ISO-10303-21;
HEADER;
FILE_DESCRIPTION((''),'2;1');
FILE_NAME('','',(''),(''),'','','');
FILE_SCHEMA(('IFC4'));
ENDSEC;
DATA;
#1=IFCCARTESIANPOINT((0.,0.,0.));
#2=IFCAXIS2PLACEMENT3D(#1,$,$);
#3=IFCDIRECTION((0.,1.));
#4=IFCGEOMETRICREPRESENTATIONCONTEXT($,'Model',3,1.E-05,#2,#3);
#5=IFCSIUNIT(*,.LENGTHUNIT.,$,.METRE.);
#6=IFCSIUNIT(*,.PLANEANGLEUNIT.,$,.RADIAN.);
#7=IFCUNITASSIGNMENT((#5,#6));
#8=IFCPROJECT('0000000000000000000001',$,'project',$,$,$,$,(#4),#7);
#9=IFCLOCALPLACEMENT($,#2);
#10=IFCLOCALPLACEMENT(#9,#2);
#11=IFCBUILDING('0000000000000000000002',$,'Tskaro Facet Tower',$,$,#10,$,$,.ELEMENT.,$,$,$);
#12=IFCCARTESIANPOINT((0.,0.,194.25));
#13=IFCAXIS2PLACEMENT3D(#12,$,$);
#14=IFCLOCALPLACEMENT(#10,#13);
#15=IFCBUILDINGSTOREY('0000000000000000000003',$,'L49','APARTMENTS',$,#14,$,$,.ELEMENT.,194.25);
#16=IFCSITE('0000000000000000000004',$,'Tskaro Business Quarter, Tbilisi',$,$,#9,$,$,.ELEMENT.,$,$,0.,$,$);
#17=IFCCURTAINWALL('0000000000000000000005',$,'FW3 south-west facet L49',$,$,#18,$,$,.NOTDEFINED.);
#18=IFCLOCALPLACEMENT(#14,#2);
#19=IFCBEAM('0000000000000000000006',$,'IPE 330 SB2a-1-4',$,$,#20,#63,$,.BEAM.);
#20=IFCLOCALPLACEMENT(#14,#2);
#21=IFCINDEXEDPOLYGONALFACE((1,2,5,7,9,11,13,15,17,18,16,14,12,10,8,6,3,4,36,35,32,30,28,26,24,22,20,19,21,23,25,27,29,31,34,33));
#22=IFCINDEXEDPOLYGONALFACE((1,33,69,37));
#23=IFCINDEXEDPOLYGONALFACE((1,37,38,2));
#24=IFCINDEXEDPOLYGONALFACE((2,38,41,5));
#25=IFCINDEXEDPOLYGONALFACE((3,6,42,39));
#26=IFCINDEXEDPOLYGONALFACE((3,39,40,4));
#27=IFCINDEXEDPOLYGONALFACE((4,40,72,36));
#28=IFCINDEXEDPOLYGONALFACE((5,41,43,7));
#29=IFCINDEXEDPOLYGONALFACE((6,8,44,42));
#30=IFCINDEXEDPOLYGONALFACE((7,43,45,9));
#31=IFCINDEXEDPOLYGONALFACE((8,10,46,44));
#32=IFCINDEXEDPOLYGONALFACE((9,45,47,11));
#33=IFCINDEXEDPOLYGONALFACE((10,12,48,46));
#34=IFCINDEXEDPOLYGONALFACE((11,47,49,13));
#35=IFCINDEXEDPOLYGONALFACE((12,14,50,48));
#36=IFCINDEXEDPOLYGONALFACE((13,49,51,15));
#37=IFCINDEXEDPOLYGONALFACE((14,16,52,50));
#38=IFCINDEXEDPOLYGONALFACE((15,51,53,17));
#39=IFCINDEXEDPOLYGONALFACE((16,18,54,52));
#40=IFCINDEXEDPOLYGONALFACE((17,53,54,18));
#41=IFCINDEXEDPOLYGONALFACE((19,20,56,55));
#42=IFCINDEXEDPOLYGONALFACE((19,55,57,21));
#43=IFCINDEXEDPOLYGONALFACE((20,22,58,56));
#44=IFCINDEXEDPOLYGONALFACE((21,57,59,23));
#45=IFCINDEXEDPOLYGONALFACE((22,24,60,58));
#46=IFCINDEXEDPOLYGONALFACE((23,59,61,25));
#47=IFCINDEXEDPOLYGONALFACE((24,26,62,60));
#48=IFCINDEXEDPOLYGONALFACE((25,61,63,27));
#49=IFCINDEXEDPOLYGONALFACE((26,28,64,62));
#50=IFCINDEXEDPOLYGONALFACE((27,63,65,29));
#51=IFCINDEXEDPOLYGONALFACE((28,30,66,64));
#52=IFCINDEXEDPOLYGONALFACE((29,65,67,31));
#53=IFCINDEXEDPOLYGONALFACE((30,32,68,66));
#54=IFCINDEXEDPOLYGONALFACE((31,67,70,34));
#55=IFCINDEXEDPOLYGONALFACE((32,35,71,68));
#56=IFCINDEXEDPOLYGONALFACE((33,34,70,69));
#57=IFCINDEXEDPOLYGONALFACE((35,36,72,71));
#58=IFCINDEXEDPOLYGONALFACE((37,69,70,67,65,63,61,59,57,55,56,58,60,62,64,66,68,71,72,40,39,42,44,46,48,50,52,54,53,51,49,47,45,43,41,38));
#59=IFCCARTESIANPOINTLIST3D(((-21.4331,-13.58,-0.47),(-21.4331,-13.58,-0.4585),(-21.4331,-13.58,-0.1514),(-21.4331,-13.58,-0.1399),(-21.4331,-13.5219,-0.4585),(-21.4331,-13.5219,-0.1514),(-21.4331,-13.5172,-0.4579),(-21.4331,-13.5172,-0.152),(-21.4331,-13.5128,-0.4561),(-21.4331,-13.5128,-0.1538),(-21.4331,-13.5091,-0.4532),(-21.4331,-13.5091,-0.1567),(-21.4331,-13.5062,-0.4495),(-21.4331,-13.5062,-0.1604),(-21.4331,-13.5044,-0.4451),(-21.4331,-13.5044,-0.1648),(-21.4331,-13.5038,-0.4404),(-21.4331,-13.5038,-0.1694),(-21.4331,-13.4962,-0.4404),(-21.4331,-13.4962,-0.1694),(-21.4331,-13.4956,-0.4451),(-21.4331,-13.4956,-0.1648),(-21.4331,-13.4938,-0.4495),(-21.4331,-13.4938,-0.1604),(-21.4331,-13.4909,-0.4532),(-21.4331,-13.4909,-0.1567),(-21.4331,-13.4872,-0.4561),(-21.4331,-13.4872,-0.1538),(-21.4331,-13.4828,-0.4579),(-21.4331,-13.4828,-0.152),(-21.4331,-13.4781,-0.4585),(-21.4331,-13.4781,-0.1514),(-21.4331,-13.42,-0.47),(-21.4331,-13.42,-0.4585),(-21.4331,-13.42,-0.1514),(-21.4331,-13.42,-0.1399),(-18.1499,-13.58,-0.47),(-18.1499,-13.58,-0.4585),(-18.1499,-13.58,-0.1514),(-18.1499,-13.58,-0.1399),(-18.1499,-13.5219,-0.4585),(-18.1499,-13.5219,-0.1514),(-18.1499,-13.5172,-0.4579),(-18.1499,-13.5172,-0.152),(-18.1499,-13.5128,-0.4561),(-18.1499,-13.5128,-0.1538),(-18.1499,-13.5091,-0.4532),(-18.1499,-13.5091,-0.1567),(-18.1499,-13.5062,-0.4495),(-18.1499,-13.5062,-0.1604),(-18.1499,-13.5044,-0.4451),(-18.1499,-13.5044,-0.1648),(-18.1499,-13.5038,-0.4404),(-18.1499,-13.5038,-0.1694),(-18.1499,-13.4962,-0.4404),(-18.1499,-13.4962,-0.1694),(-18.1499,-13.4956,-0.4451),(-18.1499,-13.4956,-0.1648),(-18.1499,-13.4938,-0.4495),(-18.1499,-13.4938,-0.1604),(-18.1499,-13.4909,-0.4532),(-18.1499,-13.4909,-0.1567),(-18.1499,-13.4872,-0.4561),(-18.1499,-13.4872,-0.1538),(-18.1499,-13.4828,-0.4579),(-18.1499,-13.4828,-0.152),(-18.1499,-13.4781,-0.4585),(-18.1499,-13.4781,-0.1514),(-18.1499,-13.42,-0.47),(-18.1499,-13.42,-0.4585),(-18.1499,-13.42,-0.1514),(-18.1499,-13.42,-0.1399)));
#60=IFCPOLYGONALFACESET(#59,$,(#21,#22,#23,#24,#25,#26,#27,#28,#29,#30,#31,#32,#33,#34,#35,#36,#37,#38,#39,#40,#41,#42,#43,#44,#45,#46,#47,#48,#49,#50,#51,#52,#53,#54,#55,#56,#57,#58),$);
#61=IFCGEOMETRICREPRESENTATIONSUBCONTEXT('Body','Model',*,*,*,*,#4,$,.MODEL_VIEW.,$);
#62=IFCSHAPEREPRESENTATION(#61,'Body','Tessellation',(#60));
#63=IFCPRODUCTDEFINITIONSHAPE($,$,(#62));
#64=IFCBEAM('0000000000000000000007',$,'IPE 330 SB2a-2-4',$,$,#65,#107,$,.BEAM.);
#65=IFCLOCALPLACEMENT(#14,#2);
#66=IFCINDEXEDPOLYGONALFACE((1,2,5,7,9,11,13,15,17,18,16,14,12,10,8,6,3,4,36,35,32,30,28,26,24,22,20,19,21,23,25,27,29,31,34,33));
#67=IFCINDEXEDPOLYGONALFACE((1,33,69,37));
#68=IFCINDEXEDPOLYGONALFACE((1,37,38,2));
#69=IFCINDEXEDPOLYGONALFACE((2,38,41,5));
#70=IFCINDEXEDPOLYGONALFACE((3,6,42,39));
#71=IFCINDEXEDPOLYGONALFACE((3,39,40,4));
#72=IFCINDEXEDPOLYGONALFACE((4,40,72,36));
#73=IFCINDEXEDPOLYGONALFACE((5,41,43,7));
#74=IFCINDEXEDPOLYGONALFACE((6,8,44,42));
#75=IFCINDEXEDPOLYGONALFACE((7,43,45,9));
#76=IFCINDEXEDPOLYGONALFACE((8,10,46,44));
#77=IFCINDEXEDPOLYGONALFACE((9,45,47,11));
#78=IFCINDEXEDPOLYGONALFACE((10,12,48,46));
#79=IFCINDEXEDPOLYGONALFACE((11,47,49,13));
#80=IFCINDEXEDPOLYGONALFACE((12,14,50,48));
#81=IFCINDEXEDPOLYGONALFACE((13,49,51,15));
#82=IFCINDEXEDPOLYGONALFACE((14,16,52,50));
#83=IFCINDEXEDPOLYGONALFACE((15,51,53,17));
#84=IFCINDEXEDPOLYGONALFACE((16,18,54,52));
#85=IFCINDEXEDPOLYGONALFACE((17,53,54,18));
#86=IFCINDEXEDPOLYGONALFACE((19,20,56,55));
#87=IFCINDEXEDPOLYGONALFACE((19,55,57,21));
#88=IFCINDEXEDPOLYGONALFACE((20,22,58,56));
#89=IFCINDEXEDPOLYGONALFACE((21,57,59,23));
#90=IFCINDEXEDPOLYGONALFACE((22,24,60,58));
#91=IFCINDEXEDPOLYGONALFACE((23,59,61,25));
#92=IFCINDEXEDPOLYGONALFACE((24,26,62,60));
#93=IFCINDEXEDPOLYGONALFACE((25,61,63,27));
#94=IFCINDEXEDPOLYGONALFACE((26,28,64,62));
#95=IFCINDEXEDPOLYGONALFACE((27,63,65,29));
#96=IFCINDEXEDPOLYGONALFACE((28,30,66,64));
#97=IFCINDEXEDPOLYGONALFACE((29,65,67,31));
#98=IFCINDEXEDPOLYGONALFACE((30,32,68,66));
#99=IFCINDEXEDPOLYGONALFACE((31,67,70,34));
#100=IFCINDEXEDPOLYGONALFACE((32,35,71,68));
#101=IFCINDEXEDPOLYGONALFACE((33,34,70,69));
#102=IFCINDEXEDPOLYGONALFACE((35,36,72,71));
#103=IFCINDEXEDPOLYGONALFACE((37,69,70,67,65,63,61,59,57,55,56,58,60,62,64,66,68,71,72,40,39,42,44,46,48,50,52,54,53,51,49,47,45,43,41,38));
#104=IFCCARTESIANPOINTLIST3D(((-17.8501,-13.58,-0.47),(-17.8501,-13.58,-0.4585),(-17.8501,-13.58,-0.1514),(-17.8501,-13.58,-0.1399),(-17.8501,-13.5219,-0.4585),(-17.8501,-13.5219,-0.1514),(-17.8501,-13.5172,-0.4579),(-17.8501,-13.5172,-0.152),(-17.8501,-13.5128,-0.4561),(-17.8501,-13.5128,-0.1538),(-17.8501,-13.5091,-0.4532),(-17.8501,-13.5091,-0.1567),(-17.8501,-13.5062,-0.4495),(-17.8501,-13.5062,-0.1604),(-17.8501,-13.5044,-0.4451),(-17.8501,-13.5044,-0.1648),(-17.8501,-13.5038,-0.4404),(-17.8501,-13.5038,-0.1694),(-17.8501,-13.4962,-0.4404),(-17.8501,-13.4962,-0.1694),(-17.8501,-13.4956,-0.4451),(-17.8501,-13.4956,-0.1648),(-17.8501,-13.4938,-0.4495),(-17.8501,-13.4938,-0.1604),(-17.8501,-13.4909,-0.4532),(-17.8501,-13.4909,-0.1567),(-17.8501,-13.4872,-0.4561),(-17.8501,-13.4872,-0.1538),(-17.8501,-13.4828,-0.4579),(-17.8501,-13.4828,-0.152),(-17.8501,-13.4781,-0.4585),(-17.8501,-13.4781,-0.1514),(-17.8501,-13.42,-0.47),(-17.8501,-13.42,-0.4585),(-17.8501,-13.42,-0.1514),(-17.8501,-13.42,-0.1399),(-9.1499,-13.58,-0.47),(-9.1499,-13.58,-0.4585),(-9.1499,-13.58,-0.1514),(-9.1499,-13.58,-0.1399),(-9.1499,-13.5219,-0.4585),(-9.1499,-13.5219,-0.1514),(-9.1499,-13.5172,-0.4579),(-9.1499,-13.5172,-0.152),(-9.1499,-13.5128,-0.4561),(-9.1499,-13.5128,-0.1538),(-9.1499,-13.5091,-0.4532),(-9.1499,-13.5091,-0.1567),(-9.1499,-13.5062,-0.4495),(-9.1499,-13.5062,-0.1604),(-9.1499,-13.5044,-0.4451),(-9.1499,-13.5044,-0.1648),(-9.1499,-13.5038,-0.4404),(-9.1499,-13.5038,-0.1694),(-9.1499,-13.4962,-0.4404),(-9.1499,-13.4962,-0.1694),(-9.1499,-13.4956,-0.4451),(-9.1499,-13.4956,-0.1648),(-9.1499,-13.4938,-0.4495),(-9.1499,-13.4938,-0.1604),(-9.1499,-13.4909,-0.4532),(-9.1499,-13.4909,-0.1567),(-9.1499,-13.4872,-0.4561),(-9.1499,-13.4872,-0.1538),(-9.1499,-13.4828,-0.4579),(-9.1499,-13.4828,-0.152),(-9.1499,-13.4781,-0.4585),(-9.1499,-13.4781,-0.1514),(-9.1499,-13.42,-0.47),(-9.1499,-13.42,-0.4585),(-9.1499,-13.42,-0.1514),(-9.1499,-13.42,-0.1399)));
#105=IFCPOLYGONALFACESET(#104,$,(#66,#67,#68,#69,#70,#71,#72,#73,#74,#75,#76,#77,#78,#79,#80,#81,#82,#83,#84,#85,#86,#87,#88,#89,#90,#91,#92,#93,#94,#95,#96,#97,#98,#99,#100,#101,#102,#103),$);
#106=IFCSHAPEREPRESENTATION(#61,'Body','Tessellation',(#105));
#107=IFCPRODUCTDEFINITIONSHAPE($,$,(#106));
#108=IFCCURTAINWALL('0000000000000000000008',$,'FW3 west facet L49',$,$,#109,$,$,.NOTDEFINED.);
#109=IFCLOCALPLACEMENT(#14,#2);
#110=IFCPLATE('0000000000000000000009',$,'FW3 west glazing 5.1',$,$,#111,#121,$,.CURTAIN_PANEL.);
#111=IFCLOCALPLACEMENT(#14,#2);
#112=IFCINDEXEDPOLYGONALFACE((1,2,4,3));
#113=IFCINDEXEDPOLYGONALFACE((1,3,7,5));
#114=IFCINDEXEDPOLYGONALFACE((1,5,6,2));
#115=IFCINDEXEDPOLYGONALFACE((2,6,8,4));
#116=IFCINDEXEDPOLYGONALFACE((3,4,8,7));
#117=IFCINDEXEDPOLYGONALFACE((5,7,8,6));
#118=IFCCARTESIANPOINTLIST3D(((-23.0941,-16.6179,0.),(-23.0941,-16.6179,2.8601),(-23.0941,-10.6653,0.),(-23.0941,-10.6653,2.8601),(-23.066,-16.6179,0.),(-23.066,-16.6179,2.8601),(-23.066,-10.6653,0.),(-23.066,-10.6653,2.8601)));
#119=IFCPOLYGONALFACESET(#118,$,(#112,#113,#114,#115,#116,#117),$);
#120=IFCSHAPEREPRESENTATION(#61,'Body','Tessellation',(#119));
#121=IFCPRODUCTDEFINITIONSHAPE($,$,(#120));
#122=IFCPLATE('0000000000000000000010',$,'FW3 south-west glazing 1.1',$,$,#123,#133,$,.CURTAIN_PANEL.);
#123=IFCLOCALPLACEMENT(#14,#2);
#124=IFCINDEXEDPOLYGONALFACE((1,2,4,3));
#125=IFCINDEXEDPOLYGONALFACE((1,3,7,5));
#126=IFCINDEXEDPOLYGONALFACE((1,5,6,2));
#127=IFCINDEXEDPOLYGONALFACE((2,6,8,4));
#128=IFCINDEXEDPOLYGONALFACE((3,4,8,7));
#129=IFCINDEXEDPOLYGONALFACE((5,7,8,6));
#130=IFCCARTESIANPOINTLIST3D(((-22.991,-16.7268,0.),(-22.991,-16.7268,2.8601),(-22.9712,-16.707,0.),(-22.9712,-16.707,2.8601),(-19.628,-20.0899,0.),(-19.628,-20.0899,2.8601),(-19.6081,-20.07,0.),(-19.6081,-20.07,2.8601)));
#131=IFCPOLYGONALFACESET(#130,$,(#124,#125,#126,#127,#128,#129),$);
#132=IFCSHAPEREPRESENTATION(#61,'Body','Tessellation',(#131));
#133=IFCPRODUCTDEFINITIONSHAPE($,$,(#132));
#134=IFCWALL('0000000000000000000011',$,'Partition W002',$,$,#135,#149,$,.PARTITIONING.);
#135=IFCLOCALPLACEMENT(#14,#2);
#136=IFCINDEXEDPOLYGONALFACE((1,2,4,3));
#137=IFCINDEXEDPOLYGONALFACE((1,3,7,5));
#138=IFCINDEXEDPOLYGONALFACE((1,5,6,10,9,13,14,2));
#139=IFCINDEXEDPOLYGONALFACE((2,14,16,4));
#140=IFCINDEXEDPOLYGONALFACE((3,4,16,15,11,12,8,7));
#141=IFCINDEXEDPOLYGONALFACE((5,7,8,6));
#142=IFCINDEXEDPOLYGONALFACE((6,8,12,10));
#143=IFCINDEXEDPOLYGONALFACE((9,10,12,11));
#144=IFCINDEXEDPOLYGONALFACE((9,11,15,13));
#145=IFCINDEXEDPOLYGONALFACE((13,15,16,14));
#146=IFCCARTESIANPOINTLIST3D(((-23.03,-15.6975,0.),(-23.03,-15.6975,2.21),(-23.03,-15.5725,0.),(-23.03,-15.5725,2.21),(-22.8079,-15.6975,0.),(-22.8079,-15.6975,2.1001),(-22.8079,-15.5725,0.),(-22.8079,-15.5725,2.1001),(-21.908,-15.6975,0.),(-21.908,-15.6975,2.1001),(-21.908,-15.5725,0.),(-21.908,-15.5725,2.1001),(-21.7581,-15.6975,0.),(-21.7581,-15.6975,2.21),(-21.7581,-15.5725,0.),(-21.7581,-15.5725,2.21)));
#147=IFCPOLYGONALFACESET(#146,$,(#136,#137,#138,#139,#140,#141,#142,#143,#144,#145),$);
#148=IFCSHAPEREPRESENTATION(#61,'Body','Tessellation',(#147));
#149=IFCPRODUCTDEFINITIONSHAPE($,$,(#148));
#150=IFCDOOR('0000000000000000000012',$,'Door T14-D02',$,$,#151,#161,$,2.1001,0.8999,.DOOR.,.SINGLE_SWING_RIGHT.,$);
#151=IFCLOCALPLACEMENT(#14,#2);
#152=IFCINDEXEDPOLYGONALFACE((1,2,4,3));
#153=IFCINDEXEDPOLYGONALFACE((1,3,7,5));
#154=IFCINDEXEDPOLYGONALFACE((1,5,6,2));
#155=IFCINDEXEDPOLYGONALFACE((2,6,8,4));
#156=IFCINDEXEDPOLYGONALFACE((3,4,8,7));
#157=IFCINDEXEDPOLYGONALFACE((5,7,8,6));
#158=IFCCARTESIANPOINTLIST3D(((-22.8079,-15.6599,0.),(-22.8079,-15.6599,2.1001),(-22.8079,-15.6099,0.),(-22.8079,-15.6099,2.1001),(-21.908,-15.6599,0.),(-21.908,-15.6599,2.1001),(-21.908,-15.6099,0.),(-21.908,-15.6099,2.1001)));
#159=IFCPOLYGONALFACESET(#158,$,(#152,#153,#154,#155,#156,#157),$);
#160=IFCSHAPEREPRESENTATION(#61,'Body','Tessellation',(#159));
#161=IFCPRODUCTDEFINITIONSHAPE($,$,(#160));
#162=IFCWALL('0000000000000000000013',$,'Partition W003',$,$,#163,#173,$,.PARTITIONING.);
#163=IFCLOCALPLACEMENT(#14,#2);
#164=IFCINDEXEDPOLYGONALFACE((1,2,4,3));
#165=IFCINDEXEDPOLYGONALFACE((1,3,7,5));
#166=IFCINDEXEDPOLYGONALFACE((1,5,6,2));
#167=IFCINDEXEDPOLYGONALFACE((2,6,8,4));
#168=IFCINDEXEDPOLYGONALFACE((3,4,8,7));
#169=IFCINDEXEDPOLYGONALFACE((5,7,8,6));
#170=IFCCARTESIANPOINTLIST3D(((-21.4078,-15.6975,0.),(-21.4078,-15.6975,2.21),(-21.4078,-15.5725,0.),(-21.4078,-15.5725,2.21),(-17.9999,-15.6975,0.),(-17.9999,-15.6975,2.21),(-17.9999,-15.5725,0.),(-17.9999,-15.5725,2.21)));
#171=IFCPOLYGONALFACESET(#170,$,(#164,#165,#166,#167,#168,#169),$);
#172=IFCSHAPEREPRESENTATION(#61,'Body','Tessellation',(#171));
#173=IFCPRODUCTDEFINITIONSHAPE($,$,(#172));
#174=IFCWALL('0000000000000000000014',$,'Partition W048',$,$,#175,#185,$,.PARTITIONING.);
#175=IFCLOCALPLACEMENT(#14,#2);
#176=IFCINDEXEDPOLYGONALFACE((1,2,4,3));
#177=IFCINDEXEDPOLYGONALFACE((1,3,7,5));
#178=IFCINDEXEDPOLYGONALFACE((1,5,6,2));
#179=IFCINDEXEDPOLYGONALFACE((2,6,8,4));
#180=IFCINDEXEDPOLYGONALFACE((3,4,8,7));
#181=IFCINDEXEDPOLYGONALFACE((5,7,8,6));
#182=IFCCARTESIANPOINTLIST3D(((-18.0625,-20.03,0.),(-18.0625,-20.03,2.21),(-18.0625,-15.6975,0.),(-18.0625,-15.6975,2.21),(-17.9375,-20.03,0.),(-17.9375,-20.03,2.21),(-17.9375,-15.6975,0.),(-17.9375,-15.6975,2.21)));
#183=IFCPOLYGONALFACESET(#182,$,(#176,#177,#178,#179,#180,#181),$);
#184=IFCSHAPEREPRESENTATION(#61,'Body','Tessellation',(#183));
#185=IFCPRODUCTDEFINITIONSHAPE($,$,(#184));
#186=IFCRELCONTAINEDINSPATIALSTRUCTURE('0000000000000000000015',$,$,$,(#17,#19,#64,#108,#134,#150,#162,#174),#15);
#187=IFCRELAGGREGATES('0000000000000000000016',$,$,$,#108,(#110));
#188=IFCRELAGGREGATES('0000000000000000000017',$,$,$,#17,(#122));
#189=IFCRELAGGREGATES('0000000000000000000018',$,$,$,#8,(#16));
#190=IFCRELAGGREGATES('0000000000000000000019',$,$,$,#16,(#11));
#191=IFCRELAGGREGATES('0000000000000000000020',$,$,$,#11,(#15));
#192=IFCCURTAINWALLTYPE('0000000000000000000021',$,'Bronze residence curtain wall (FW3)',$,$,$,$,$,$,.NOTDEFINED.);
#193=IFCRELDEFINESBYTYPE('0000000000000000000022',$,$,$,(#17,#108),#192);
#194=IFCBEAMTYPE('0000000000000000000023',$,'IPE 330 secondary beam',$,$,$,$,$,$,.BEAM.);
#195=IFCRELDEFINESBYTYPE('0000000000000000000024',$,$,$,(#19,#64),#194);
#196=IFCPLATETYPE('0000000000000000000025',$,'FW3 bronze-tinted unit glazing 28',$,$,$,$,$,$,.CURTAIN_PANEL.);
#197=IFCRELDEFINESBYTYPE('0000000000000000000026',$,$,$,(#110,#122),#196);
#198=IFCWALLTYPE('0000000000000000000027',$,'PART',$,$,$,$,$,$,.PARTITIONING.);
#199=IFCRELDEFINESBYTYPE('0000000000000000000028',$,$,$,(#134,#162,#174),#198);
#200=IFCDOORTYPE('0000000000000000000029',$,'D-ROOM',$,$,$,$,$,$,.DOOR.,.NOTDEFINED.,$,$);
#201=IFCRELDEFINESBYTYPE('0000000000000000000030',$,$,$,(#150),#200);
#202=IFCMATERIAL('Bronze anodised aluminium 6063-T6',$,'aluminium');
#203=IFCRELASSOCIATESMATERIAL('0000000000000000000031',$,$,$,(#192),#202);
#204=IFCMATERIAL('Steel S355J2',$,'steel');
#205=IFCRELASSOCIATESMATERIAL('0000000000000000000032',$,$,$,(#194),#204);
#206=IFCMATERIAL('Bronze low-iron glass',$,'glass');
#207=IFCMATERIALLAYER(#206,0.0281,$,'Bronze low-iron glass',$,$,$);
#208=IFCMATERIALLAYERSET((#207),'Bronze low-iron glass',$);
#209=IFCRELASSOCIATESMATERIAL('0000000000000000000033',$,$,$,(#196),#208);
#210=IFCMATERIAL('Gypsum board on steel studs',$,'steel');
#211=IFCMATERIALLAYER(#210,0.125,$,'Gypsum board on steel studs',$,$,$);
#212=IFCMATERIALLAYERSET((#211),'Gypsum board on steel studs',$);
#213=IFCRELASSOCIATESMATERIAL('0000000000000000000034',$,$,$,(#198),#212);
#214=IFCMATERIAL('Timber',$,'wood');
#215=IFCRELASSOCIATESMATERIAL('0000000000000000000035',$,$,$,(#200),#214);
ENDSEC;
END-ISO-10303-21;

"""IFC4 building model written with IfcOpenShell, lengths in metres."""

from ifc_helpers import new_model, si_unit, direction, frame, frame_2d, origin, origin_2d, place, context, subcontext, project, spatial, rectangle, i_section, extrude, material, layer, layer_set, material_profile, profile_set, type_object, element, fill, aggregate, save


model = new_model("IFC4")

# Units and contexts
model_context = context("Model", 3, precision=1e-05, world=origin(), true_north=direction((0.0, 1.0)))
body_context = subcontext(model_context, "Body", "Model", "MODEL_VIEW")
ifc_project = project(units=[si_unit("LENGTHUNIT", "METRE"), si_unit("PLANEANGLEUNIT", "RADIAN")], contexts=[model_context])

# Site, building, storey
site_placement = place(None, origin())
site = spatial("IfcSite", under=ifc_project, at=site_placement, Name="Tskaro Business Quarter, Tbilisi", CompositionType="ELEMENT", RefElevation=0.0)
building_placement = place(site_placement, origin())
building = spatial("IfcBuilding", under=site, at=building_placement, Name="Tskaro Facet Tower", CompositionType="ELEMENT")
storey_placement = place(building_placement, frame((0.0, 0.0, 194.25)))
storey = spatial("IfcBuildingStorey", under=building, at=storey_placement, Name="L49", Description="APARTMENTS", CompositionType="ELEMENT", Elevation=194.25)

# Curtain wall
ifc_material_1 = material(Name="Bronze anodised aluminium 6063-T6", Category="aluminium")
curtain_wall_type = type_object("IfcCurtainWallType", Name="Bronze residence curtain wall (FW3)", PredefinedType="NOTDEFINED", material=ifc_material_1)
curtain_wall_1_placement = place(storey_placement, origin())
curtain_wall_1 = element("IfcCurtainWall", 1, at=curtain_wall_1_placement, inside=storey, type_object=curtain_wall_type, Name="FW3 south-west facet L49", PredefinedType="NOTDEFINED")

# Beams
ifc_material_2 = material(Name="Steel S355J2", Category="steel")
ifc_material_profile_1 = material_profile(ifc_material_2, i_section(OverallWidth=0.1599, OverallDepth=0.3301, WebThickness=0.0076, FlangeThickness=0.0115, FilletRadius=0.0181, at=origin_2d()), Name="IPE 330")
ifc_profile_set_1 = profile_set([ifc_material_profile_1], Name="Steel S355J2")
beam_type_1 = type_object("IfcBeamType", Name="IPE 330 secondary beam", PredefinedType="BEAM", material=ifc_profile_set_1)
beam_1_placement = place(storey_placement, frame((-21.4331, -13.5, -0.3049), z_axis=(1.0, 0.0, 0.0), x_axis=(0.0, 1.0, 0.0)))
element("IfcBeam", 2, at=beam_1_placement, inside=storey, type_object=beam_type_1, Name="IPE 330 SB2a-1-4", PredefinedType="BEAM", context=body_context, shape_type="SweptSolid", body=[
    extrude(i_section(OverallWidth=0.1599, OverallDepth=0.3301, WebThickness=0.0076, FlangeThickness=0.0115, FilletRadius=0.0181, at=origin_2d()), origin(), (0.0, 0.0, 1.0), 3.2832),
])
beam_2_placement = place(storey_placement, frame((-17.8501, -13.5, -0.3049), z_axis=(1.0, 0.0, 0.0), x_axis=(0.0, 1.0, 0.0)))
element("IfcBeam", 3, at=beam_2_placement, inside=storey, type_object=beam_type_1, Name="IPE 330 SB2a-2-4", PredefinedType="BEAM", context=body_context, shape_type="SweptSolid", body=[
    extrude(i_section(OverallWidth=0.1599, OverallDepth=0.3301, WebThickness=0.0076, FlangeThickness=0.0115, FilletRadius=0.0181, at=origin_2d()), origin(), (0.0, 0.0, 1.0), 8.7002),
])

# Curtain wall, plate
curtain_wall_2_placement = place(storey_placement, origin())
curtain_wall_2 = element("IfcCurtainWall", 4, at=curtain_wall_2_placement, inside=storey, type_object=curtain_wall_type, Name="FW3 west facet L49", PredefinedType="NOTDEFINED")
ifc_material_3 = material(Name="Bronze low-iron glass", Category="glass")
ifc_layer_1 = layer(ifc_material_3, 0.0281, Name="Bronze low-iron glass")
ifc_layer_set_1 = layer_set([ifc_layer_1], Name="Bronze low-iron glass")
plate_type = type_object("IfcPlateType", Name="FW3 bronze-tinted unit glazing 28", PredefinedType="CURTAIN_PANEL", material=ifc_layer_set_1)
plate_1_placement = place(storey_placement, frame((-23.0801, -13.6416, 0.0), z_axis=(0.0, 0.0, 1.0), x_axis=(0.0, -1.0, 0.0)))
plate_1 = element("IfcPlate", 5, at=plate_1_placement, type_object=plate_type, Name="FW3 west glazing 5.1", PredefinedType="CURTAIN_PANEL", context=body_context, shape_type="SweptSolid", body=[
    extrude(rectangle(XDim=5.9526, YDim=0.0281, at=origin_2d()), origin(), (0.0, 0.0, 1.0), 2.8601),
])
aggregate(curtain_wall_2, [plate_1])

# Plate
plate_2_placement = place(storey_placement, frame((-21.2996, -18.3984, 0.0), z_axis=(0.0, 0.0, 1.0), x_axis=(0.707107, -0.707107, 0.0)))
plate_2 = element("IfcPlate", 6, at=plate_2_placement, type_object=plate_type, Name="FW3 south-west glazing 1.1", PredefinedType="CURTAIN_PANEL", context=body_context, shape_type="SweptSolid", body=[
    extrude(rectangle(XDim=4.7561, YDim=0.0281, at=origin_2d()), origin(), (0.0, 0.0, 1.0), 2.8601),
])
aggregate(curtain_wall_1, [plate_2])

# Wall, opening, door
ifc_material_4 = material(Name="Gypsum board on steel studs", Category="steel")
ifc_layer_2 = layer(ifc_material_4, 0.125, Name="Gypsum board on steel studs")
ifc_layer_set_2 = layer_set([ifc_layer_2], Name="Gypsum board on steel studs")
wall_type = type_object("IfcWallType", Name="PART", PredefinedType="PARTITIONING", material=ifc_layer_set_2)
wall_1_placement = place(storey_placement, frame((-21.7581, -15.635, 0.0), z_axis=(0.0, 0.0, 1.0), x_axis=(-1.0, 0.0, 0.0)))
wall_1 = element("IfcWall", 7, at=wall_1_placement, inside=storey, type_object=wall_type, Name="Partition W002", PredefinedType="PARTITIONING", context=body_context, shape_type="SweptSolid", body=[
    extrude(rectangle(XDim=1.272, YDim=0.125, at=frame_2d((0.636, 0.0))), origin(), (0.0, 0.0, 1.0), 2.21),
])
opening_placement = place(wall_1_placement, frame((0.1499, 0.0, 0.0)))
opening = element("IfcOpeningElement", 8, at=opening_placement, cuts=wall_1, PredefinedType="OPENING", context=body_context, shape_type="SweptSolid", body=[
    extrude(rectangle(XDim=0.8999, YDim=2.1001, at=frame_2d((0.45, 1.05))), frame((0.0, 0.0725, 0.0), z_axis=(0.0, -1.0, 0.0), x_axis=(1.0, 0.0, 0.0)), (0.0, 0.0, 1.0), 0.145),
])
ifc_material_5 = material(Name="Timber", Category="wood")
door_type = type_object("IfcDoorType", Name="D-ROOM", OperationType="NOTDEFINED", PredefinedType="DOOR", material=ifc_material_5)
door_placement = place(opening_placement, origin())
door = element("IfcDoor", 9, at=door_placement, inside=storey, type_object=door_type, Name="Door T14-D02", OperationType="SINGLE_SWING_RIGHT", OverallHeight=2.1001, OverallWidth=0.8999, PredefinedType="DOOR", context=body_context, shape_type="SweptSolid", body=[
    extrude(rectangle(XDim=0.8999, YDim=2.1001, at=frame_2d((0.45, 1.05))), frame((0.0, 0.0249, 0.0), z_axis=(0.0, -1.0, 0.0), x_axis=(1.0, 0.0, 0.0)), (0.0, 0.0, 1.0), 0.05),
])
fill(opening, door)

# Walls
wall_2_placement = place(storey_placement, frame((-21.408, -15.635, 0.0), z_axis=(0.0, 0.0, 1.0), x_axis=(1.0, 0.0, 0.0)))
element("IfcWall", 10, at=wall_2_placement, inside=storey, type_object=wall_type, Name="Partition W003", PredefinedType="PARTITIONING", context=body_context, shape_type="SweptSolid", body=[
    extrude(rectangle(XDim=3.408, YDim=0.125, at=frame_2d((1.7041, 0.0))), origin(), (0.0, 0.0, 1.0), 2.21),
])
wall_3_placement = place(storey_placement, frame((-18.0, -20.03, 0.0), z_axis=(0.0, 0.0, 1.0), x_axis=(0.0, 1.0, 0.0)))
element("IfcWall", 11, at=wall_3_placement, inside=storey, type_object=wall_type, Name="Partition W048", PredefinedType="PARTITIONING", context=body_context, shape_type="SweptSolid", body=[
    extrude(rectangle(XDim=4.3325, YDim=0.125, at=frame_2d((2.1663, 0.0))), origin(), (0.0, 0.0, 1.0), 2.21),
])

save(model, "model.ifc")
